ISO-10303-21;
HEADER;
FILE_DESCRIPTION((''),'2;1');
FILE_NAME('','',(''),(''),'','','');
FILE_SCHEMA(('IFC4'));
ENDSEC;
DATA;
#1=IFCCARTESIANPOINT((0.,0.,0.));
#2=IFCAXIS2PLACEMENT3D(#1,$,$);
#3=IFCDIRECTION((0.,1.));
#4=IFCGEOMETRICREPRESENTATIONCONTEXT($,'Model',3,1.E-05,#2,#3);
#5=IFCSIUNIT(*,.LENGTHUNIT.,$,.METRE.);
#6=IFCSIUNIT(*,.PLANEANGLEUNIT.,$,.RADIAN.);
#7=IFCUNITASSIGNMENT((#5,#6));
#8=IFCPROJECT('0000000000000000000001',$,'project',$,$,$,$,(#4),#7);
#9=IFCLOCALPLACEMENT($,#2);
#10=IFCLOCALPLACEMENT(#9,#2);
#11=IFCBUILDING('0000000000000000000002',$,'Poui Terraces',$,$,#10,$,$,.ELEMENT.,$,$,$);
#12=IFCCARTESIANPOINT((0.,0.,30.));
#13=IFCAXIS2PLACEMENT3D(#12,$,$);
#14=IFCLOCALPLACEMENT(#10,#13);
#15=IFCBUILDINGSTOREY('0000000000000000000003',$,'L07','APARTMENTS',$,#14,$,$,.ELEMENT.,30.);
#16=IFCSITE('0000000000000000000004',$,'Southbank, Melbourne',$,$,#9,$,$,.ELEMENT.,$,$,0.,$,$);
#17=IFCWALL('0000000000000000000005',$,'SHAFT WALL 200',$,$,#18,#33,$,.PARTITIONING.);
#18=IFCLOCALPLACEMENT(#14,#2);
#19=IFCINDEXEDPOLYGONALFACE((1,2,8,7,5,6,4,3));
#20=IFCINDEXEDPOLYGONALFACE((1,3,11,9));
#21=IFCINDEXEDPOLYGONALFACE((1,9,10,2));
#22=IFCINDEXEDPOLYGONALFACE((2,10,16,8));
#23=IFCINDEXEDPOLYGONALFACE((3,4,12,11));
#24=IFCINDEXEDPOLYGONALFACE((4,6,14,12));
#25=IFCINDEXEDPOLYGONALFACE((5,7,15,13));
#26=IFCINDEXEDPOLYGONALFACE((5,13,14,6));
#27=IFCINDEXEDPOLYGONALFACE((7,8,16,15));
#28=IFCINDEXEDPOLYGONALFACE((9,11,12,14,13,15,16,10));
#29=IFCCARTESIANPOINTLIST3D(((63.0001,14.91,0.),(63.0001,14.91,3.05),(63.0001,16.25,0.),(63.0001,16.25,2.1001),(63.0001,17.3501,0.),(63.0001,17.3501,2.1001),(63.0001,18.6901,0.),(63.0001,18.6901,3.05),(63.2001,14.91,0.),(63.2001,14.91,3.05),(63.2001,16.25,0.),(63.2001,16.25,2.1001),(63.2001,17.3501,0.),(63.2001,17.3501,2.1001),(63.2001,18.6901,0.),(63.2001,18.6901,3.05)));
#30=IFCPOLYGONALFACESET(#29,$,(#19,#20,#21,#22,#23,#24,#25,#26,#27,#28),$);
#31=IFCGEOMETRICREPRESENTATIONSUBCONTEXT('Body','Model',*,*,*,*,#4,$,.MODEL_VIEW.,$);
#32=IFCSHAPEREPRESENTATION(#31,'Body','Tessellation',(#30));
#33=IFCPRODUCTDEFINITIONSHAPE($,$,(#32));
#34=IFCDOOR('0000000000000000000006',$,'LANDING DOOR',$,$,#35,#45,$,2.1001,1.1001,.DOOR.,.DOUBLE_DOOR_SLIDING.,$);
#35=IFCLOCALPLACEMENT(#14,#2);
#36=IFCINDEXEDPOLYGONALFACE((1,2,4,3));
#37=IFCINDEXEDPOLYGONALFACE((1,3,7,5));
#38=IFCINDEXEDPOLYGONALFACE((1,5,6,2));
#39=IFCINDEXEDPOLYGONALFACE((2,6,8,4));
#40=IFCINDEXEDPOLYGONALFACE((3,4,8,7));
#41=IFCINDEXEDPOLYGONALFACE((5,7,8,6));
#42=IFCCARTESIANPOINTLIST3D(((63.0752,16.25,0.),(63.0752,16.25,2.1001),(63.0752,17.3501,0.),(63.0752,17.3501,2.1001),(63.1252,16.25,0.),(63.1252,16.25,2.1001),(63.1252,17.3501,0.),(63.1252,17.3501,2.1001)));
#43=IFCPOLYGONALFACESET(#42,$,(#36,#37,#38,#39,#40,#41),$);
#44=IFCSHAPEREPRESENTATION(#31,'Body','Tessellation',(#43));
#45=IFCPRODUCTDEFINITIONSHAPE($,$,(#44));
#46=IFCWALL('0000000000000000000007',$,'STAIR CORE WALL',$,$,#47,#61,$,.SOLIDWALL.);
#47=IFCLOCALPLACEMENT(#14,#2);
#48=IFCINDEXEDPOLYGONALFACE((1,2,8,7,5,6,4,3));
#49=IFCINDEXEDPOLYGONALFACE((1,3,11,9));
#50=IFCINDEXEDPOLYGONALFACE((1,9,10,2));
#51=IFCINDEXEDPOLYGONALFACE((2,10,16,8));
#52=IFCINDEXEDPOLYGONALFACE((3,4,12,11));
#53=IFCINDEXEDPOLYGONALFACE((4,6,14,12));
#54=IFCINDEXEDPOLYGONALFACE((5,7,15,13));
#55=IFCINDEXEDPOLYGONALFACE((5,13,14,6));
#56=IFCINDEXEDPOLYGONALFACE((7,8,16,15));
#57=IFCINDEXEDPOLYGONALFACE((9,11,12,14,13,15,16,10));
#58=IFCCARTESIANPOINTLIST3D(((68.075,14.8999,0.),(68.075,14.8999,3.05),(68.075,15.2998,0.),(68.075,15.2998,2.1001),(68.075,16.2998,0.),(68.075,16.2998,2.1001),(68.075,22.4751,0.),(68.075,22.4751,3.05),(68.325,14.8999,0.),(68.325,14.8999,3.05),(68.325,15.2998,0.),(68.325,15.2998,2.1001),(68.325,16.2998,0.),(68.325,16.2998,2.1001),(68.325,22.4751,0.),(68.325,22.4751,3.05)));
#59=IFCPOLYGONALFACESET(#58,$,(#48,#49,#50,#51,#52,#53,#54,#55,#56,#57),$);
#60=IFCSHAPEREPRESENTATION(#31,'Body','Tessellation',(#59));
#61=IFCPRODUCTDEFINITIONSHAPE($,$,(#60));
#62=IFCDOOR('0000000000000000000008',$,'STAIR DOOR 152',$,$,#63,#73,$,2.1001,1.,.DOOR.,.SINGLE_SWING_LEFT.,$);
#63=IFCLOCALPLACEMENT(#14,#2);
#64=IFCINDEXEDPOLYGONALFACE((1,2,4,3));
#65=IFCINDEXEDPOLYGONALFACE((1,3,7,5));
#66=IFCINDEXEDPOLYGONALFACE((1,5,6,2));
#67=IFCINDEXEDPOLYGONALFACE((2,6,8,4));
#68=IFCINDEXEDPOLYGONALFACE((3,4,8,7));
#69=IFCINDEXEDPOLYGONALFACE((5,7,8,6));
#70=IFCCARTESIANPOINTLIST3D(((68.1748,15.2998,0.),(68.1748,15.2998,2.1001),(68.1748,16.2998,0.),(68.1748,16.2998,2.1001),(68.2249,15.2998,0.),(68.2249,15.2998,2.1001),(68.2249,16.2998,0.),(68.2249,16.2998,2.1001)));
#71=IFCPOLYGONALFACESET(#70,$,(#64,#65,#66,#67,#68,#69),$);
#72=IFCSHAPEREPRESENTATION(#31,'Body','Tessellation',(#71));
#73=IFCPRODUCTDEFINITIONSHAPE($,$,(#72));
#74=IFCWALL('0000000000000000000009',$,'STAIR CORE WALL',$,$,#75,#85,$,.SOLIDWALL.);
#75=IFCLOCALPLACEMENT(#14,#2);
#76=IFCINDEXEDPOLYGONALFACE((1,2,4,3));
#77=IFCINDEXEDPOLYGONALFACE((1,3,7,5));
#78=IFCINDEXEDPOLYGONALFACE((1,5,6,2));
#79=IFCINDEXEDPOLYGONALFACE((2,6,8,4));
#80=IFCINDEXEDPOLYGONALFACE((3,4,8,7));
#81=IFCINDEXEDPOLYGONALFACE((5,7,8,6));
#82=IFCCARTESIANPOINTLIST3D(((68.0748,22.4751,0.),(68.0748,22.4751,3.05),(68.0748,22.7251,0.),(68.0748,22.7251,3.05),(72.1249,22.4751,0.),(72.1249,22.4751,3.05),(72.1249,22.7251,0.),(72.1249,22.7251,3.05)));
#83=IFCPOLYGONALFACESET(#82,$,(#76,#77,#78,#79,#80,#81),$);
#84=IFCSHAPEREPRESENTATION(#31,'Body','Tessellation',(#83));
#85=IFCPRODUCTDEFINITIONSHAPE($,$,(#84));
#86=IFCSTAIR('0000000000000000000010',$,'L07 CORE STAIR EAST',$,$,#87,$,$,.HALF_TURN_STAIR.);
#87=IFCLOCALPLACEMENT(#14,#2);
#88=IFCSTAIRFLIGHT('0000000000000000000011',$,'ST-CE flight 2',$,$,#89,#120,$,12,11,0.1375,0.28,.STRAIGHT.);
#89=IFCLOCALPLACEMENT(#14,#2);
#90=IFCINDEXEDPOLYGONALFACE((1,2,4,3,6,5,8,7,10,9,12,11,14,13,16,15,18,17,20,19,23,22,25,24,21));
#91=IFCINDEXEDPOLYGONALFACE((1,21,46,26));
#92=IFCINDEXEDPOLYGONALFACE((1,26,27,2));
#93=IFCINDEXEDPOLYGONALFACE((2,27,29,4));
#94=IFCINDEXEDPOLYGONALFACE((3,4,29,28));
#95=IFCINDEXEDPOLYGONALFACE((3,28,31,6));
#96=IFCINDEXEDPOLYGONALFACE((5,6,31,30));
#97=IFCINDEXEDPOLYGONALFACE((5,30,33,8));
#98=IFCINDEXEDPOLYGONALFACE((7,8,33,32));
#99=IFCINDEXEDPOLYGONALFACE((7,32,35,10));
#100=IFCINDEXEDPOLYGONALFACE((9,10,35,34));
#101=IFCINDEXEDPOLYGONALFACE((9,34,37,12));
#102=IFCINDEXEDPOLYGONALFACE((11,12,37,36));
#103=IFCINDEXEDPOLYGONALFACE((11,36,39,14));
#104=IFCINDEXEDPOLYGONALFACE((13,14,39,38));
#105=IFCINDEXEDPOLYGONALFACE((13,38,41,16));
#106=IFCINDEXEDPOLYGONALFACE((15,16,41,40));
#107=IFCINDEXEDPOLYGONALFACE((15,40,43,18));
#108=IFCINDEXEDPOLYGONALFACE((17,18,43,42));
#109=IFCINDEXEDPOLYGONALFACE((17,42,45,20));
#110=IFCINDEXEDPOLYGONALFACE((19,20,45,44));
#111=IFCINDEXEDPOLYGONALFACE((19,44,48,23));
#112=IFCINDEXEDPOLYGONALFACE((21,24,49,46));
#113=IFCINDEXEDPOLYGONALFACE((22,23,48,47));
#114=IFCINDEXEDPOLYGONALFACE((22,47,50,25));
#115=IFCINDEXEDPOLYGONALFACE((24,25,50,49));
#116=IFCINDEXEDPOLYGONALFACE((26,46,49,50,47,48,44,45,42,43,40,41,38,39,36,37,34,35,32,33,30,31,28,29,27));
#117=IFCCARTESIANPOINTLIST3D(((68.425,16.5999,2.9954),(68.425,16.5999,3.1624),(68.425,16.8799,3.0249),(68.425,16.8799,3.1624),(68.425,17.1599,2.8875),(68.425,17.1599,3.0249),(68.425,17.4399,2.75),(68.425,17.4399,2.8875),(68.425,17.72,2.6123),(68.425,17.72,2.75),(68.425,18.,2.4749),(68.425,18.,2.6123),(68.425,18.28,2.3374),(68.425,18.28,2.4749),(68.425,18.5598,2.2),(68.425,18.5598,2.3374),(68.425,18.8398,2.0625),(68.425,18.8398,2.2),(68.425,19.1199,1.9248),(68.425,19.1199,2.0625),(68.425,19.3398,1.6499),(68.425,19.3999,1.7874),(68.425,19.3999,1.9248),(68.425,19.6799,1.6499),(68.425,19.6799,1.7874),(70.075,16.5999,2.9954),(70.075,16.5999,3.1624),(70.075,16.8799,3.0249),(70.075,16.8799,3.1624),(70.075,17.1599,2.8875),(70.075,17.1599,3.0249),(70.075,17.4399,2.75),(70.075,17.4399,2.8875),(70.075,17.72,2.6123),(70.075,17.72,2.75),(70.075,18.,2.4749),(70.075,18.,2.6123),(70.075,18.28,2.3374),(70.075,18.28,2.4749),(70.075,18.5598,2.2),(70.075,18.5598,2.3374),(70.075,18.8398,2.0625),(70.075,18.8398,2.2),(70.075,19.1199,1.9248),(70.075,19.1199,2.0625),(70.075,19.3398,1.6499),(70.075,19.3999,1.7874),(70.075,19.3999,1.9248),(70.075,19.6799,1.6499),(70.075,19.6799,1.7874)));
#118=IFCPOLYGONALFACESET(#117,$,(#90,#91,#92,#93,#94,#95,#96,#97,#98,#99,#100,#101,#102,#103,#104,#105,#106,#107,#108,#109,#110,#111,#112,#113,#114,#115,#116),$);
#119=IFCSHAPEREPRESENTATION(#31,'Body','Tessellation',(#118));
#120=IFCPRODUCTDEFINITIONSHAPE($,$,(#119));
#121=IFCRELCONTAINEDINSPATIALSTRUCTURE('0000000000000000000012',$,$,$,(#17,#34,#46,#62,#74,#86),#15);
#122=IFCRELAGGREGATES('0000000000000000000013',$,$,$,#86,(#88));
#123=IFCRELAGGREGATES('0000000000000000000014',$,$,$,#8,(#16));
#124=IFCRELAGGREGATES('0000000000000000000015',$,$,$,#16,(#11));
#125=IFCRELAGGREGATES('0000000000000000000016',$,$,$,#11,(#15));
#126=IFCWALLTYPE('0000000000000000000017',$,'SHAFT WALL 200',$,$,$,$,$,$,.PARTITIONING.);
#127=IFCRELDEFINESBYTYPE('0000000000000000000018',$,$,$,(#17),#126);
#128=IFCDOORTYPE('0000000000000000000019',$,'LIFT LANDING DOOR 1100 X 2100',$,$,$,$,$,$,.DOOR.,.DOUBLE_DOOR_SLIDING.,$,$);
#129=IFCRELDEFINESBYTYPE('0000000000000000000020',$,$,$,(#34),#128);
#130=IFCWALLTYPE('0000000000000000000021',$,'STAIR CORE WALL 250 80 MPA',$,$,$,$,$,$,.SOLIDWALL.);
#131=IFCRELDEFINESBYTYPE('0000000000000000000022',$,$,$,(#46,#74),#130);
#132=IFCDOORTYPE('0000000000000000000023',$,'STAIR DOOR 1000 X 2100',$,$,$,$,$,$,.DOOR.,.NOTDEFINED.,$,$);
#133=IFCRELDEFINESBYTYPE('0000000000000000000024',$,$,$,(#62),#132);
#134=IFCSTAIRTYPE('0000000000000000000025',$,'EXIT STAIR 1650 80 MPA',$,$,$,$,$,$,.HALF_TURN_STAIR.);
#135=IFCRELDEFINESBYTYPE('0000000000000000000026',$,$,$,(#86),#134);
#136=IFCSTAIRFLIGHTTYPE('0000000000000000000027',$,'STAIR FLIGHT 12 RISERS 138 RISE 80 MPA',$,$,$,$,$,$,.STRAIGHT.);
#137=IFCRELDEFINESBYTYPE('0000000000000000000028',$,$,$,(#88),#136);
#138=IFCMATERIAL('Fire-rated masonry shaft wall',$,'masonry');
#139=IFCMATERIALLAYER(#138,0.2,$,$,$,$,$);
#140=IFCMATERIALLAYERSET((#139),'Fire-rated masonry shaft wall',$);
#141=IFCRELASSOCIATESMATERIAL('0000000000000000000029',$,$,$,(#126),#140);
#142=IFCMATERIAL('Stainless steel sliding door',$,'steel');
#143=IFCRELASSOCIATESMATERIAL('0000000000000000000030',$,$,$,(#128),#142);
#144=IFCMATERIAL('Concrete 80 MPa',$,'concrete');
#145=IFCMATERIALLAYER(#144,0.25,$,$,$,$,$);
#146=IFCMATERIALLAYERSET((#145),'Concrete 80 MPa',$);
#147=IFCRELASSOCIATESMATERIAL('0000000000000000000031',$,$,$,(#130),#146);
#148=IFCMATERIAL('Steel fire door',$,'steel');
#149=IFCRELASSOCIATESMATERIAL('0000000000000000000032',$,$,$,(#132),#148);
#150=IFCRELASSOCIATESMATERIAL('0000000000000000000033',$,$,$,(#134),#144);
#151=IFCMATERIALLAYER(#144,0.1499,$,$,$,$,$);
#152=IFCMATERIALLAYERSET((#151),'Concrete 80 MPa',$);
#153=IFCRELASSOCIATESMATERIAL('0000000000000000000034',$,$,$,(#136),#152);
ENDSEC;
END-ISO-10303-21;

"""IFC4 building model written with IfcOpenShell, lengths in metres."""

from ifc_helpers import new_model, si_unit, direction, frame, frame_2d, origin, place, context, subcontext, project, spatial, polyline, rectangle, outline, extrude, material, layer, layer_set, type_object, element, fill, aggregate, save


model = new_model("IFC4")

# Units and contexts
model_context = context("Model", 3, precision=1e-05, world=origin(), true_north=direction((0.0, 1.0)))
body_context = subcontext(model_context, "Body", "Model", "MODEL_VIEW")
ifc_project = project(units=[si_unit("LENGTHUNIT", "METRE"), si_unit("PLANEANGLEUNIT", "RADIAN")], contexts=[model_context])

# Site, building, storey
site_placement = place(None, origin())
site = spatial("IfcSite", under=ifc_project, at=site_placement, Name="Southbank, Melbourne", CompositionType="ELEMENT", RefElevation=0.0)
building_placement = place(site_placement, origin())
building = spatial("IfcBuilding", under=site, at=building_placement, Name="Poui Terraces", CompositionType="ELEMENT")
storey_placement = place(building_placement, frame((0.0, 0.0, 30.0)))
storey = spatial("IfcBuildingStorey", under=building, at=storey_placement, Name="L07", Description="APARTMENTS", CompositionType="ELEMENT", Elevation=30.0)

# Shared definitions
ifc_material_1 = material(Name="Concrete 80 MPa", Category="concrete")

# Shared definitions
ifc_material_2 = material(Name="Steel fire door", Category="steel")

# Shared definitions
ifc_material_3 = material(Name="Fire-rated masonry shaft wall", Category="masonry")
ifc_layer_1 = layer(ifc_material_3, 0.2)
ifc_layer_set_1 = layer_set([ifc_layer_1], Name="Fire-rated masonry shaft wall")
wall_type_1 = type_object("IfcWallType", Name="SHAFT WALL 200", PredefinedType="PARTITIONING", material=ifc_layer_set_1)

# Walls, openings, doors
wall_1_placement = place(storey_placement, frame((63.1001, 14.9099, 0.0), z_axis=(0.0, 0.0, 1.0), x_axis=(0.0, 1.0, 0.0)))
wall_1 = element("IfcWall", 1, at=wall_1_placement, inside=storey, type_object=wall_type_1, Name="SHAFT WALL 200", PredefinedType="PARTITIONING", context=body_context, shape_type="SweptSolid", body=[
    extrude(rectangle(XDim=3.78, YDim=0.2, at=frame_2d((1.8901, 0.0))), origin(), (0.0, 0.0, 1.0), 3.05),
])
opening_1_placement = place(wall_1_placement, frame((1.3401, 0.0, 0.0)))
opening_1 = element("IfcOpeningElement", 2, at=opening_1_placement, cuts=wall_1, PredefinedType="OPENING", context=body_context, shape_type="SweptSolid", body=[
    extrude(rectangle(XDim=1.1001, YDim=2.1001, at=frame_2d((0.55, 1.05))), frame((0.0, 0.1099, 0.0), z_axis=(0.0, -1.0, 0.0), x_axis=(1.0, 0.0, 0.0)), (0.0, 0.0, 1.0), 0.22),
])
ifc_material_4 = material(Name="Stainless steel sliding door", Category="steel")
door_type_1 = type_object("IfcDoorType", Name="LIFT LANDING DOOR 1100 X 2100", OperationType="DOUBLE_DOOR_SLIDING", PredefinedType="DOOR", material=ifc_material_4)
door_1_placement = place(opening_1_placement, origin())
door_1 = element("IfcDoor", 3, at=door_1_placement, inside=storey, type_object=door_type_1, Name="LANDING DOOR", OperationType="DOUBLE_DOOR_SLIDING", OverallHeight=2.1001, OverallWidth=1.1001, PredefinedType="DOOR", context=body_context, shape_type="SweptSolid", body=[
    extrude(rectangle(XDim=1.1001, YDim=2.1001, at=frame_2d((0.55, 1.05))), frame((0.0, 0.0249, 0.0), z_axis=(0.0, -1.0, 0.0), x_axis=(1.0, 0.0, 0.0)), (0.0, 0.0, 1.0), 0.05),
])
fill(opening_1, door_1)
ifc_layer_2 = layer(ifc_material_1, 0.25)
ifc_layer_set_2 = layer_set([ifc_layer_2], Name="Concrete 80 MPa")
wall_type_2 = type_object("IfcWallType", Name="STAIR CORE WALL 250 80 MPA", PredefinedType="SOLIDWALL", material=ifc_layer_set_2)
wall_2_placement = place(storey_placement, frame((68.2, 14.8999, 0.0), z_axis=(0.0, 0.0, 1.0), x_axis=(0.0, 1.0, 0.0)))
wall_2 = element("IfcWall", 4, at=wall_2_placement, inside=storey, type_object=wall_type_2, Name="STAIR CORE WALL", PredefinedType="SOLIDWALL", context=body_context, shape_type="SweptSolid", body=[
    extrude(rectangle(XDim=7.5752, YDim=0.25, at=frame_2d((3.7876, 0.0))), origin(), (0.0, 0.0, 1.0), 3.05),
])
opening_2_placement = place(wall_2_placement, frame((0.3999, 0.0, 0.0)))
opening_2 = element("IfcOpeningElement", 5, at=opening_2_placement, cuts=wall_2, PredefinedType="OPENING", context=body_context, shape_type="SweptSolid", body=[
    extrude(rectangle(XDim=1.0, YDim=2.1001, at=frame_2d((0.5, 1.05))), frame((0.0, 0.135, 0.0), z_axis=(0.0, -1.0, 0.0), x_axis=(1.0, 0.0, 0.0)), (0.0, 0.0, 1.0), 0.27),
])
door_type_2 = type_object("IfcDoorType", Name="STAIR DOOR 1000 X 2100", OperationType="NOTDEFINED", PredefinedType="DOOR", material=ifc_material_2)
door_2_placement = place(opening_2_placement, frame((1.0, 0.0, 0.0), z_axis=(0.0, 0.0, 1.0), x_axis=(-1.0, 0.0, 0.0)))
door_2 = element("IfcDoor", 6, at=door_2_placement, inside=storey, type_object=door_type_2, Name="STAIR DOOR 152", OperationType="SINGLE_SWING_LEFT", OverallHeight=2.1001, OverallWidth=1.0, PredefinedType="DOOR", context=body_context, shape_type="SweptSolid", body=[
    extrude(rectangle(XDim=1.0, YDim=2.1001, at=frame_2d((0.5, 1.05))), frame((0.0, 0.0249, 0.0), z_axis=(0.0, -1.0, 0.0), x_axis=(1.0, 0.0, 0.0)), (0.0, 0.0, 1.0), 0.05),
])
fill(opening_2, door_2)

# Wall
wall_3_placement = place(storey_placement, frame((68.075, 22.6001, 0.0), z_axis=(0.0, 0.0, 1.0), x_axis=(1.0, 0.0, 0.0)))
element("IfcWall", 7, at=wall_3_placement, inside=storey, type_object=wall_type_2, Name="STAIR CORE WALL", PredefinedType="SOLIDWALL", context=body_context, shape_type="SweptSolid", body=[
    extrude(rectangle(XDim=4.05, YDim=0.25, at=frame_2d((2.0249, 0.0))), origin(), (0.0, 0.0, 1.0), 3.05),
])

# Stair, stair flight
stair_type = type_object("IfcStairType", Name="EXIT STAIR 1650 80 MPA", PredefinedType="HALF_TURN_STAIR", material=ifc_material_1)
stair_placement = place(storey_placement, origin())
stair = element("IfcStair", 8, at=stair_placement, inside=storey, type_object=stair_type, Name="L07 CORE STAIR EAST", PredefinedType="HALF_TURN_STAIR")
ifc_layer_3 = layer(ifc_material_1, 0.1499)
ifc_layer_set_3 = layer_set([ifc_layer_3], Name="Concrete 80 MPa")
stair_flight_type = type_object("IfcStairFlightType", Name="STAIR FLIGHT 12 RISERS 138 RISE 80 MPA", PredefinedType="STRAIGHT", material=ifc_layer_set_3)
stair_flight_placement = place(storey_placement, frame((69.25, 19.6799, 1.6499), z_axis=(0.0, 0.0, 1.0), x_axis=(0.0, -1.0, 0.0)))
stair_flight = element("IfcStairFlight", 9, at=stair_flight_placement, type_object=stair_flight_type, Name="ST-CE flight 2", NumberOfRisers=12, NumberOfTreads=11, PredefinedType="STRAIGHT", RiserHeight=0.1375, TreadLength=0.28, context=body_context, shape_type="SweptSolid", body=[
    extrude(outline(polyline([(0.0, 0.0), (0.0, 0.1375), (0.28, 0.1375), (0.28, 0.2749), (0.5601, 0.2749), (0.5601, 0.4126), (0.8401, 0.4126), (0.8401, 0.55), (1.1201, 0.55), (1.1201, 0.6875), (1.3999, 0.6875), (1.3999, 0.825), (1.6799, 0.825), (1.6799, 0.9624), (1.96, 0.9624), (1.96, 1.1001), (2.24, 1.1001), (2.24, 1.2375), (2.52, 1.2375), (2.52, 1.375), (2.8, 1.375), (2.8, 1.5125), (3.0801, 1.5125), (3.0801, 1.6499), (3.0801, 1.3455), (0.3401, 0.0), (0.0, 0.0)])), frame((0.0, 0.825, 0.0), z_axis=(0.0, -1.0, 0.0), x_axis=(1.0, 0.0, 0.0)), (0.0, 0.0, 1.0), 1.6499),
])
aggregate(stair, [stair_flight])

save(model, "model.ifc")
